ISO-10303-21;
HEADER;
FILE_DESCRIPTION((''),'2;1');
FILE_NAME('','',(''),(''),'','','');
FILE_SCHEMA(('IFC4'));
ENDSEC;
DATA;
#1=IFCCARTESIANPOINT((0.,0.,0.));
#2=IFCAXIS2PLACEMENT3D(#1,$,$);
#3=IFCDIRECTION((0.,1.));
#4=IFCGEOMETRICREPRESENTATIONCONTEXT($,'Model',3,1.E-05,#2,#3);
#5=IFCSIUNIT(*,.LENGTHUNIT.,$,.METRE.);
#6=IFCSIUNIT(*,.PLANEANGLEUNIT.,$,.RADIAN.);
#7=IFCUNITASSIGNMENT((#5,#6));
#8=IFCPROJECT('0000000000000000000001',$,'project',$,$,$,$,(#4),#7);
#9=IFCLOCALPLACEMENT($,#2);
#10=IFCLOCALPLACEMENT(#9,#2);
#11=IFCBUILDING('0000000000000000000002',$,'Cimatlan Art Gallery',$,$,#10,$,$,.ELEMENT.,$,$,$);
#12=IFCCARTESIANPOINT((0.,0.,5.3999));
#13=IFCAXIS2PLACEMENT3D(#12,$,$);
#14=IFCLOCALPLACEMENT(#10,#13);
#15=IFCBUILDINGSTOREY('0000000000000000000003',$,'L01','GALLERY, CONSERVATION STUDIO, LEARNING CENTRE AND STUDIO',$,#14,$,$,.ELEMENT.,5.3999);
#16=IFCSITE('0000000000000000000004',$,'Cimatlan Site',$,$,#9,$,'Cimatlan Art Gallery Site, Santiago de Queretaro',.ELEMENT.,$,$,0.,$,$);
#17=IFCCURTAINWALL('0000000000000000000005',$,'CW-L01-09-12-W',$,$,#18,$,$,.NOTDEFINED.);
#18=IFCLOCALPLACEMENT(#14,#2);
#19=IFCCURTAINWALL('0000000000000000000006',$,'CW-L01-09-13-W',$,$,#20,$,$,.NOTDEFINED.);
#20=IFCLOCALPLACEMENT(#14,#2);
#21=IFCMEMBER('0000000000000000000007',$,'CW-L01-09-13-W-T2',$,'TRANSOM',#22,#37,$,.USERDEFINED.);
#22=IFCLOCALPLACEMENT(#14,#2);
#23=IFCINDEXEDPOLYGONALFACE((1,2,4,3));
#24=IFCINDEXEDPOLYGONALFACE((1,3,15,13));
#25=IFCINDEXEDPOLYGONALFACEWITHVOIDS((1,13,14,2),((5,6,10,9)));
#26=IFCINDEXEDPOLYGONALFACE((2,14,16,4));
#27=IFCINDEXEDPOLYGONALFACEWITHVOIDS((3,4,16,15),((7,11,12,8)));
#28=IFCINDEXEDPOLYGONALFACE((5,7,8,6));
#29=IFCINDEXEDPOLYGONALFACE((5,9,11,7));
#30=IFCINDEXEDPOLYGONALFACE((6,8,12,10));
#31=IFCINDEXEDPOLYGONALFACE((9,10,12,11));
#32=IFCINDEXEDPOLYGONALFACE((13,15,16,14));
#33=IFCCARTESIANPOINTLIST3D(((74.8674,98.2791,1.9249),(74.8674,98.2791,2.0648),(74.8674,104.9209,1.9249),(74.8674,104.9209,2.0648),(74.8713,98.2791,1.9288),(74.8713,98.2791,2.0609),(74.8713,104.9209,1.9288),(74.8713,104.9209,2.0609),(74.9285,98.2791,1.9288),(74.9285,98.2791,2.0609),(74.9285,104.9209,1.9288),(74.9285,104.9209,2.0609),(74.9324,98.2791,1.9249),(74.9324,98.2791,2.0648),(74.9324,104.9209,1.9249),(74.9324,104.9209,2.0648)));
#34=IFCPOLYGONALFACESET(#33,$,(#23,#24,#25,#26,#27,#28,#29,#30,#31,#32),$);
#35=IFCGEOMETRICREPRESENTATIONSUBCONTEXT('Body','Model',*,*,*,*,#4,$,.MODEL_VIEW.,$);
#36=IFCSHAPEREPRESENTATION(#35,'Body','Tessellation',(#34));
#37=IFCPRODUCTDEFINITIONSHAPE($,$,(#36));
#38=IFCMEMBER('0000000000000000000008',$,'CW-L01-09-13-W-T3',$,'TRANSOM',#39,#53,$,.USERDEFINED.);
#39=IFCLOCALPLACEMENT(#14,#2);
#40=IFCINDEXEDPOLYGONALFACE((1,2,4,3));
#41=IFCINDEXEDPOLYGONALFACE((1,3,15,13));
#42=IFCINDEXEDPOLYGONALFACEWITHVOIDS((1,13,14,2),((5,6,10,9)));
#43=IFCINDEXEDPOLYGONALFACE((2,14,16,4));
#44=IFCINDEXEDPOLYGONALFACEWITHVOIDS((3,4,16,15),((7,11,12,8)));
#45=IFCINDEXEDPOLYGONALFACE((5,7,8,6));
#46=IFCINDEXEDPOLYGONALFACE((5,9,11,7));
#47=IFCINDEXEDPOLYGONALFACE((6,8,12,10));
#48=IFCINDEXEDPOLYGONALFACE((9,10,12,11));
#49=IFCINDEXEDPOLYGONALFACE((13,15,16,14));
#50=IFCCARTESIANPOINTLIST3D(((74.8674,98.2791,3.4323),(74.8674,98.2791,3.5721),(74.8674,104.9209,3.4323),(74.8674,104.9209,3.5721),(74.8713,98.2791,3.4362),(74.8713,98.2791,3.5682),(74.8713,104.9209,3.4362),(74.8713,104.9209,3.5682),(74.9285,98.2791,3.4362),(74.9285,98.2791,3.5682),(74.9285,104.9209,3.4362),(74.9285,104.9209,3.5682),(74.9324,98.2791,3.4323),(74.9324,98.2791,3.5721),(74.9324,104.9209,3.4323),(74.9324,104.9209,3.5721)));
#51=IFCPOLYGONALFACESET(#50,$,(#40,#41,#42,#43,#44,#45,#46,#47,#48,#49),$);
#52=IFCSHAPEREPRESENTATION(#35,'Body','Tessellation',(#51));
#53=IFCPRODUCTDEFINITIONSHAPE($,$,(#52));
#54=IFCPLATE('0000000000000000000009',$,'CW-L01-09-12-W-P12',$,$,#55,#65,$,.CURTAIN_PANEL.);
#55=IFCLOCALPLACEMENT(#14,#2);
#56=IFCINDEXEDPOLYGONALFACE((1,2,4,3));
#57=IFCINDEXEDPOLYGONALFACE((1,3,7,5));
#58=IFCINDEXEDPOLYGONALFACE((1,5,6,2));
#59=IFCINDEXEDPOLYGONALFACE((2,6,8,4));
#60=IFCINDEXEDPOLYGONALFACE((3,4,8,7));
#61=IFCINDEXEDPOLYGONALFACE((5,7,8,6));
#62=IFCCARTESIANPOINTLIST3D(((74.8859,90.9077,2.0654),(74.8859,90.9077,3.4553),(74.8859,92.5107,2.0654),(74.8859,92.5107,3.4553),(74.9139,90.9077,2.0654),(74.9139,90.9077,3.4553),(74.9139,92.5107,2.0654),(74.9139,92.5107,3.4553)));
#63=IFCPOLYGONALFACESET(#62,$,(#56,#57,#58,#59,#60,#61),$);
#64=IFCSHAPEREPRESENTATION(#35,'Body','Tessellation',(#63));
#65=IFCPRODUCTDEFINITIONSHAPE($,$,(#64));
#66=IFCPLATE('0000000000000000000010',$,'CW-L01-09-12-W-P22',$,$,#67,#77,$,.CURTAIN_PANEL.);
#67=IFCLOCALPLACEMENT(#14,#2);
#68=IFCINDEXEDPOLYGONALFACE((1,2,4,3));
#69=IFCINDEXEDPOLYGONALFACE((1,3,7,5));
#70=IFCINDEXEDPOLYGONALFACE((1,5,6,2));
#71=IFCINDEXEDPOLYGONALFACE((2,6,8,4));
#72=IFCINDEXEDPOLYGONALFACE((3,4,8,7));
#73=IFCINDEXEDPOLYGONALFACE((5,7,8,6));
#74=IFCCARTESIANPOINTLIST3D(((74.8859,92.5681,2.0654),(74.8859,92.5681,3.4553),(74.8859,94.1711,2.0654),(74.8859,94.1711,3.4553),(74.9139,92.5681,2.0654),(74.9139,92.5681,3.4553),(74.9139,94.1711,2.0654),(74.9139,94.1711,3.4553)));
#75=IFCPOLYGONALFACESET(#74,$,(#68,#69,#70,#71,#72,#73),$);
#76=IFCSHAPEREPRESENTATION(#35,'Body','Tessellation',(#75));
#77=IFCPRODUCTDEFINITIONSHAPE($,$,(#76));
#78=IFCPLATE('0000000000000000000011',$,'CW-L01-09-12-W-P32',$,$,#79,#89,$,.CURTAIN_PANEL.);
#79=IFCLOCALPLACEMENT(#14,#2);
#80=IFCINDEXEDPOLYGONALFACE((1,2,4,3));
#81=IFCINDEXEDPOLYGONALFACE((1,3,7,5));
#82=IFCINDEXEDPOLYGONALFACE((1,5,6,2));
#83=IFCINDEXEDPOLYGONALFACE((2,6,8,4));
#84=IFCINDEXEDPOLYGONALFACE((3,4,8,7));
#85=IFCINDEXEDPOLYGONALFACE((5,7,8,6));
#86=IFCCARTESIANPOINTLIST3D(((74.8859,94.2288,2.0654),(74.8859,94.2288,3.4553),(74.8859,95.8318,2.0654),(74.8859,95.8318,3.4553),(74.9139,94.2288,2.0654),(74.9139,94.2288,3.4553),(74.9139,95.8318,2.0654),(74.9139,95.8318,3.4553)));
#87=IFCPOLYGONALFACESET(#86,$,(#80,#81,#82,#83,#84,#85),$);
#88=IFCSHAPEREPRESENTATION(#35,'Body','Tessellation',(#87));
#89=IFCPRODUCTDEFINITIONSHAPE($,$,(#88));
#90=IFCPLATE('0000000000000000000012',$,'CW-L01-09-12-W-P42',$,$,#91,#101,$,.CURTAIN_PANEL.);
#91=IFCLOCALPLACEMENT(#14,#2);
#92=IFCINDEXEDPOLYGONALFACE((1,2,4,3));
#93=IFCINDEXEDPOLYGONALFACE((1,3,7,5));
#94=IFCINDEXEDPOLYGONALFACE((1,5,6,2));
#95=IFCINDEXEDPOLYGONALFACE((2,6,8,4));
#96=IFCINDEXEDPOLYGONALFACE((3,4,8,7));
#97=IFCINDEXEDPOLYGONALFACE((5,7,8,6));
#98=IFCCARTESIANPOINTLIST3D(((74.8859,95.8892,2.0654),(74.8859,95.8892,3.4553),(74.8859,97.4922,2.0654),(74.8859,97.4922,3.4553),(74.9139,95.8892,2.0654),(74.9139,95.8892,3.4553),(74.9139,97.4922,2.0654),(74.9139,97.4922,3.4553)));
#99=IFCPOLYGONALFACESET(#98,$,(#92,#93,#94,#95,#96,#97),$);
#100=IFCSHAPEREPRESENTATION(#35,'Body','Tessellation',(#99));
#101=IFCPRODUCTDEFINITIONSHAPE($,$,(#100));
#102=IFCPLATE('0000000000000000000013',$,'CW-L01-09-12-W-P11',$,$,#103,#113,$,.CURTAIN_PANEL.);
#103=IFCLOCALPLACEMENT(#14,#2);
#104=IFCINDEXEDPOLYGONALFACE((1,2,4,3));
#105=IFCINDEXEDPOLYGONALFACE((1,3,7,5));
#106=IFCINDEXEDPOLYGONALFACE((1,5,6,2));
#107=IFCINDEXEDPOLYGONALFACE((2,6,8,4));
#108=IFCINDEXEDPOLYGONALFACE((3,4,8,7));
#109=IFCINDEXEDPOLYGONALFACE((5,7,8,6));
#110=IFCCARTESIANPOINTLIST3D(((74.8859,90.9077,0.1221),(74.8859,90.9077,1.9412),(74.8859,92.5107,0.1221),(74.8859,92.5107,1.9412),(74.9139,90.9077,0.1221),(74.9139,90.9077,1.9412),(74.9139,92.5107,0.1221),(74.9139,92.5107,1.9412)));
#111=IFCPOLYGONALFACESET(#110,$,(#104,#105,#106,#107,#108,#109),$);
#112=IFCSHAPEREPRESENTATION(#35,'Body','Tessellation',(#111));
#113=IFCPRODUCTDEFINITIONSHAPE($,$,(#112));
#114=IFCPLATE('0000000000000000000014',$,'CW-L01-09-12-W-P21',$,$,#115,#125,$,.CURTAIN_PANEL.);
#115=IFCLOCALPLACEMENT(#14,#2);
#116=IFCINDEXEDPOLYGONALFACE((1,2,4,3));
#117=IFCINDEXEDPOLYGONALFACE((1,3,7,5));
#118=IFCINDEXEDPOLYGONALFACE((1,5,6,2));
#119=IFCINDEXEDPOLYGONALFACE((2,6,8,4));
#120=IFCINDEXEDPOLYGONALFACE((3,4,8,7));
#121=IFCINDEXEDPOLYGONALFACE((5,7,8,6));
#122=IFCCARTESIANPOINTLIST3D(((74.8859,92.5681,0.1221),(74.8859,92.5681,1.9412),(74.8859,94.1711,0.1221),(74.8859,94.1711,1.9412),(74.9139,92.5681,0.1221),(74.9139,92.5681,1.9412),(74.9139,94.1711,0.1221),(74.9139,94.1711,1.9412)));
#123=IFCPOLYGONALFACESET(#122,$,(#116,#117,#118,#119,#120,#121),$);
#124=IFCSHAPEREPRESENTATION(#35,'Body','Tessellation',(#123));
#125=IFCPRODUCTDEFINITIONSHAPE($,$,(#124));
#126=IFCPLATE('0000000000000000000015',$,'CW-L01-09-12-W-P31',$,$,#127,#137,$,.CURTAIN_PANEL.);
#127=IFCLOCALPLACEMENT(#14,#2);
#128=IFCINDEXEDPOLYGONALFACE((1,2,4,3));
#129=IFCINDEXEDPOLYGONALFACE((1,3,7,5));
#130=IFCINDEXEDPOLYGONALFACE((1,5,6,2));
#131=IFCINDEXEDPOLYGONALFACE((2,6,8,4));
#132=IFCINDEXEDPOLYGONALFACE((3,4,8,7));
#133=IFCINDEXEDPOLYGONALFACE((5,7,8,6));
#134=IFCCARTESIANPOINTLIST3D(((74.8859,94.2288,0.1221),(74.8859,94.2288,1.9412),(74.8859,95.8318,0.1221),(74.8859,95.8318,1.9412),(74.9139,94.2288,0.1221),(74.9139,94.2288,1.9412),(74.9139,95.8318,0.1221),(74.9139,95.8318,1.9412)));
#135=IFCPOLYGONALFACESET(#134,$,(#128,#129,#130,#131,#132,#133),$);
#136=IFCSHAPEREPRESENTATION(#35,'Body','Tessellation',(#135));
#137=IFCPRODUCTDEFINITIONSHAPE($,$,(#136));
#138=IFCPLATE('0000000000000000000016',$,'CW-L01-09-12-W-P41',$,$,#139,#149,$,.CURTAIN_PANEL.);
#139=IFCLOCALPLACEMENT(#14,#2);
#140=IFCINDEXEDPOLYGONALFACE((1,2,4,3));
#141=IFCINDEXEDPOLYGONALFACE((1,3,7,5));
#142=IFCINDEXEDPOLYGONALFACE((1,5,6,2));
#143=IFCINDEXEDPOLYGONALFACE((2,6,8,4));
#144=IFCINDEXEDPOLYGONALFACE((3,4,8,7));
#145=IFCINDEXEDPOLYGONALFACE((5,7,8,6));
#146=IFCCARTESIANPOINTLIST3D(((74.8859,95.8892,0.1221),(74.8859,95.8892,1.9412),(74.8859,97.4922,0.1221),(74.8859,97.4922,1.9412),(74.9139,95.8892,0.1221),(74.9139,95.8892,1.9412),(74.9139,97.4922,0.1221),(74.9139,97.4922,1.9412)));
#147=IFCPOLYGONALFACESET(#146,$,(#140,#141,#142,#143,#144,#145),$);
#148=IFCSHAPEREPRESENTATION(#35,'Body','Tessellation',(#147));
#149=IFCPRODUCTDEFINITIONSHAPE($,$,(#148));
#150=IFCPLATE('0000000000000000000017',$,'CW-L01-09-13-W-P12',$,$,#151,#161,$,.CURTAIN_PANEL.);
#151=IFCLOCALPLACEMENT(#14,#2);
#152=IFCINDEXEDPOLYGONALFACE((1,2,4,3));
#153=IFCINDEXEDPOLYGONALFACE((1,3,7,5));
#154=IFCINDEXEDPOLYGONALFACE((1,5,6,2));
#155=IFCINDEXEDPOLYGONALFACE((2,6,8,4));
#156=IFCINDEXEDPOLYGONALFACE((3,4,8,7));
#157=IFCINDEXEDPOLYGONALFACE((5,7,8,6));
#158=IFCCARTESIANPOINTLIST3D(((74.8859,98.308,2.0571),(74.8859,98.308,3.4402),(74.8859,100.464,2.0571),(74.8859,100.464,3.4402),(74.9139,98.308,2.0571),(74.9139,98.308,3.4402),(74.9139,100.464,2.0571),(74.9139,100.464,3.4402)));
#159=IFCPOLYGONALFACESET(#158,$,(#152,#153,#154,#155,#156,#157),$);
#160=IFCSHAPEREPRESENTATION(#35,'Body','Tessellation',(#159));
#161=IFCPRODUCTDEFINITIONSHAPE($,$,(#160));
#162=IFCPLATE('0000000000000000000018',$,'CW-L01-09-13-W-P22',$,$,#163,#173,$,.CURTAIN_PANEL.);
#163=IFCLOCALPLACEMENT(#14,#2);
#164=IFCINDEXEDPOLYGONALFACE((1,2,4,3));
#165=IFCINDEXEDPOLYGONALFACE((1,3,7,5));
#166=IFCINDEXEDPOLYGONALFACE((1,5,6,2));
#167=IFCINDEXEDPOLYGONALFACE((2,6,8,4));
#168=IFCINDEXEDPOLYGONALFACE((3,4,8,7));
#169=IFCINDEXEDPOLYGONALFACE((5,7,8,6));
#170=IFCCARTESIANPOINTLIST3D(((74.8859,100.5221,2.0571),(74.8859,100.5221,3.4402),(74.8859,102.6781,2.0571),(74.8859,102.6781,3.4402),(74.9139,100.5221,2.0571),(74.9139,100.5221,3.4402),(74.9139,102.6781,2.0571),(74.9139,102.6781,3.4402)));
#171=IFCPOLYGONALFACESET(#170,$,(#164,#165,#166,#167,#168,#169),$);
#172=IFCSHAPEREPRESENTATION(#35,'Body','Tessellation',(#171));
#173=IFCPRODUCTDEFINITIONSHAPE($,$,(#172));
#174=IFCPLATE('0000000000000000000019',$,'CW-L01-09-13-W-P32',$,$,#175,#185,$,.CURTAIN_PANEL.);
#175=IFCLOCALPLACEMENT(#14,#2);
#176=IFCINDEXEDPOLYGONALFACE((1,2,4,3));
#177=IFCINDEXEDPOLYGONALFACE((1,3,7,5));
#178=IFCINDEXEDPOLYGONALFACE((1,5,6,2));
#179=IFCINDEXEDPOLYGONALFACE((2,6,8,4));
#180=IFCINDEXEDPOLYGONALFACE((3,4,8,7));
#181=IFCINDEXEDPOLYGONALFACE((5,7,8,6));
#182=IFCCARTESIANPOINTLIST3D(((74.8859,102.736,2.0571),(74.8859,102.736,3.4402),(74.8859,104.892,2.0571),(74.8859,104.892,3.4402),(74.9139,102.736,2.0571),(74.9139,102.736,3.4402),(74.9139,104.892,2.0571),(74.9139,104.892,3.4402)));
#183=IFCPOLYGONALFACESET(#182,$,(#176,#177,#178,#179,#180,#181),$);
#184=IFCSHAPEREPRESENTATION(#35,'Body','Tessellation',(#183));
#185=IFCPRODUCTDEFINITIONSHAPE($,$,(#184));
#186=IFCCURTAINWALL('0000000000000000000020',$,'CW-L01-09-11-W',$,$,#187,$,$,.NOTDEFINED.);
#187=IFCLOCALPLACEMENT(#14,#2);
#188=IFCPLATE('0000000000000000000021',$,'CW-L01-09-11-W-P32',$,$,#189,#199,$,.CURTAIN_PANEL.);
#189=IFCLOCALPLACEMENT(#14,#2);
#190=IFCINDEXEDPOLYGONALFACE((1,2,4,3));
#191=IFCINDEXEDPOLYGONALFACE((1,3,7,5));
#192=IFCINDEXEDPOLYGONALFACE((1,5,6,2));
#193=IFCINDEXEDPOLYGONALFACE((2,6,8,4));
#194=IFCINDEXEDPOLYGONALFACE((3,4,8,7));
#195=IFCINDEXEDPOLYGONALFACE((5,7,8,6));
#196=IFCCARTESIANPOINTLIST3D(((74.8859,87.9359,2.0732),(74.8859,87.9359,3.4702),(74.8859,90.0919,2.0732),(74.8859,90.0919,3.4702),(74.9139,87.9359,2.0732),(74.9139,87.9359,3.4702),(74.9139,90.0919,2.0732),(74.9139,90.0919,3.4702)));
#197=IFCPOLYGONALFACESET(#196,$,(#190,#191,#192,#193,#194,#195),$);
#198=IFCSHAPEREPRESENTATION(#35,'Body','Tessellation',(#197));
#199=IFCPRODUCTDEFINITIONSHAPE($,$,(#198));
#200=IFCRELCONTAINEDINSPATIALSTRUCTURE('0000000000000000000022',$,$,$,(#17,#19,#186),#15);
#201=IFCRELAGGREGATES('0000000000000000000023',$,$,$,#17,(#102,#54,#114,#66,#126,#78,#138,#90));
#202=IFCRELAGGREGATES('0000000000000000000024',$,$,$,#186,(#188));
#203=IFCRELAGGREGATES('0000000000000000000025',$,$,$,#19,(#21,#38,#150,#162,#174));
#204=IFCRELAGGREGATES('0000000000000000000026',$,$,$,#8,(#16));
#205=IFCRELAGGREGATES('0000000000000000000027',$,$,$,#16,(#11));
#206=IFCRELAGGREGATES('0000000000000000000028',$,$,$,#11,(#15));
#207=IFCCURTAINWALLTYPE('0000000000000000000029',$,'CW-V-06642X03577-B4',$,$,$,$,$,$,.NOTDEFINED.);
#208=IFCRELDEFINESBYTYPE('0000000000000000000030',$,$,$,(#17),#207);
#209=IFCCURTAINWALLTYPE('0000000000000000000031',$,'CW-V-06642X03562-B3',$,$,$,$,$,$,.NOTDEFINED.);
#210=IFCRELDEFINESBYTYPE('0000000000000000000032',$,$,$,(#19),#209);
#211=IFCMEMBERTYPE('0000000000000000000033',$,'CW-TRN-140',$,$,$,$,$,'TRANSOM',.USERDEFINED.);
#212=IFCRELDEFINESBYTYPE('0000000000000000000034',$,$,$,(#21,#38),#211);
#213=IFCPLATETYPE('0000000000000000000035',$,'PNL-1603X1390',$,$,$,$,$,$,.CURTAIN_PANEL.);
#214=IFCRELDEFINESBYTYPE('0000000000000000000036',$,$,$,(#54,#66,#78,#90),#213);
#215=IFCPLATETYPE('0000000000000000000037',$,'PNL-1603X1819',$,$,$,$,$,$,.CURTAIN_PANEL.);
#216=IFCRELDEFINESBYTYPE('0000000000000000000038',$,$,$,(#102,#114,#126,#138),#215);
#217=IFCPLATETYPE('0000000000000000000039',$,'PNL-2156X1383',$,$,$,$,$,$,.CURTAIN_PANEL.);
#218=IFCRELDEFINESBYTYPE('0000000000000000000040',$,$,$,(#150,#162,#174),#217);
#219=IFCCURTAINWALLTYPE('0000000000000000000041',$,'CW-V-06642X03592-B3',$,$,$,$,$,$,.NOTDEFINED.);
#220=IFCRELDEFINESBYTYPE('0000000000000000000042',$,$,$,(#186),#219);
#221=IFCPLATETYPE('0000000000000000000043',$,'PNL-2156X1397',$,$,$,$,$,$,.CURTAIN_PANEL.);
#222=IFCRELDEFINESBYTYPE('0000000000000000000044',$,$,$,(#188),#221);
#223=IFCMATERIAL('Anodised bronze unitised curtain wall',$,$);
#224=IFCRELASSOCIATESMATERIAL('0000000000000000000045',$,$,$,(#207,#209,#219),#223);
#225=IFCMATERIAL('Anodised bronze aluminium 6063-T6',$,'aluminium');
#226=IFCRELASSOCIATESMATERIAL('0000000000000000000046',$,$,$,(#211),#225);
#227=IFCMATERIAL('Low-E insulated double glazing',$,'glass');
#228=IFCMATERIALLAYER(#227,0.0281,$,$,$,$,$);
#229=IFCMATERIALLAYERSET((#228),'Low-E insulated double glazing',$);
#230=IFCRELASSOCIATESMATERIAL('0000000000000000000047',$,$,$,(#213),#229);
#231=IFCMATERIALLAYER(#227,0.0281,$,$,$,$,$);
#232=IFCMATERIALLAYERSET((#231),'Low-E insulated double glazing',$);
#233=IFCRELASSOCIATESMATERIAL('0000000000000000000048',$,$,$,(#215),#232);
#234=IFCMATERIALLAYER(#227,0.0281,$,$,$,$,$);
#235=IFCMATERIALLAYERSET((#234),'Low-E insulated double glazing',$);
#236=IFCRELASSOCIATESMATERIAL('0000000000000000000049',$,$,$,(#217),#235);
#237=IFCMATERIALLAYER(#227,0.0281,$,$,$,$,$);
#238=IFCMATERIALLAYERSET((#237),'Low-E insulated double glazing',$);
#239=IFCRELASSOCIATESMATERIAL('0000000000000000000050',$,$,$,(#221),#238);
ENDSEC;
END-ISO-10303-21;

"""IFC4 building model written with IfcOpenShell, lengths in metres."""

from ifc_helpers import new_model, si_unit, direction, frame, origin, origin_2d, place, context, subcontext, project, spatial, rectangle, hollow_rectangle, extrude, material, layer, layer_set, material_profile, profile_set, type_object, element, aggregate, save


model = new_model("IFC4")

# Units and contexts
model_context = context("Model", 3, precision=1e-05, world=origin(), true_north=direction((0.0, 1.0)))
body_context = subcontext(model_context, "Body", "Model", "MODEL_VIEW")
ifc_project = project(units=[si_unit("LENGTHUNIT", "METRE"), si_unit("PLANEANGLEUNIT", "RADIAN")], contexts=[model_context])

# Site, building, storey
site_placement = place(None, origin())
site = spatial("IfcSite", under=ifc_project, at=site_placement, Name="Cimatlan Site", LongName="Cimatlan Art Gallery Site, Santiago de Queretaro", CompositionType="ELEMENT", RefElevation=0.0)
building_placement = place(site_placement, origin())
building = spatial("IfcBuilding", under=site, at=building_placement, Name="Cimatlan Art Gallery", CompositionType="ELEMENT")
storey_placement = place(building_placement, frame((0.0, 0.0, 5.3999)))
storey = spatial("IfcBuildingStorey", under=building, at=storey_placement, Name="L01", Description="GALLERY, CONSERVATION STUDIO, LEARNING CENTRE AND STUDIO", CompositionType="ELEMENT", Elevation=5.3999)

# Curtain walls
ifc_material_1 = material(Name="Anodised bronze unitised curtain wall")
curtain_wall_type_1 = type_object("IfcCurtainWallType", Name="CW-V-06642X03577-B4", PredefinedType="NOTDEFINED", material=ifc_material_1)
curtain_wall_1_placement = place(storey_placement, origin())
curtain_wall_1 = element("IfcCurtainWall", 1, at=curtain_wall_1_placement, inside=storey, type_object=curtain_wall_type_1, Name="CW-L01-09-12-W", PredefinedType="NOTDEFINED")
ifc_material_2 = material(Name="Anodised bronze aluminium 6063-T6", Category="aluminium")
curtain_wall_type_2 = type_object("IfcCurtainWallType", Name="CW-V-06642X03562-B3", PredefinedType="NOTDEFINED", material=ifc_material_1)
curtain_wall_2_placement = place(storey_placement, origin())
curtain_wall_2 = element("IfcCurtainWall", 2, at=curtain_wall_2_placement, inside=storey, type_object=curtain_wall_type_2, Name="CW-L01-09-13-W", PredefinedType="NOTDEFINED")

# Members
ifc_material_profile_1 = material_profile(ifc_material_2, hollow_rectangle(XDim=0.0649, YDim=0.1399, WallThickness=0.0039, at=origin_2d()), Name="ALU65X140X4")
ifc_profile_set_1 = profile_set([ifc_material_profile_1], Name="Anodised bronze aluminium 6063-T6")
member_type_1 = type_object("IfcMemberType", Name="CW-TRN-140", ElementType="TRANSOM", PredefinedType="USERDEFINED", material=ifc_profile_set_1)
member_1_placement = place(storey_placement, frame((74.8999, 98.2791, 1.9949), z_axis=(0.0, 1.0, 0.0), x_axis=(-1.0, 0.0, 0.0)))
member_1 = element("IfcMember", 3, at=member_1_placement, type_object=member_type_1, Name="CW-L01-09-13-W-T2", ObjectType="TRANSOM", PredefinedType="USERDEFINED", context=body_context, shape_type="SweptSolid", body=[
    extrude(hollow_rectangle(XDim=0.0649, YDim=0.1399, WallThickness=0.0039, at=origin_2d()), origin(), (0.0, 0.0, 1.0), 6.6418),
])
member_2_placement = place(storey_placement, frame((74.8999, 98.2791, 3.5022), z_axis=(0.0, 1.0, 0.0), x_axis=(-1.0, 0.0, 0.0)))
member_2 = element("IfcMember", 4, at=member_2_placement, type_object=member_type_1, Name="CW-L01-09-13-W-T3", ObjectType="TRANSOM", PredefinedType="USERDEFINED", context=body_context, shape_type="SweptSolid", body=[
    extrude(hollow_rectangle(XDim=0.0649, YDim=0.1399, WallThickness=0.0039, at=origin_2d()), origin(), (0.0, 0.0, 1.0), 6.6418),
])

# Plates
ifc_material_3 = material(Name="Low-E insulated double glazing", Category="glass")
ifc_layer_1 = layer(ifc_material_3, 0.0281)
ifc_layer_set_1 = layer_set([ifc_layer_1], Name="Low-E insulated double glazing")
plate_type_1 = type_object("IfcPlateType", Name="PNL-1603X1390", PredefinedType="CURTAIN_PANEL", material=ifc_layer_set_1)
plate_1_placement = place(storey_placement, frame((74.8999, 91.7092, 2.0654), z_axis=(0.0, 0.0, 1.0), x_axis=(0.0, 1.0, 0.0)))
plate_1 = element("IfcPlate", 5, at=plate_1_placement, type_object=plate_type_1, Name="CW-L01-09-12-W-P12", PredefinedType="CURTAIN_PANEL", context=body_context, shape_type="SweptSolid", body=[
    extrude(rectangle(XDim=1.603, YDim=0.0281, at=origin_2d()), origin(), (0.0, 0.0, 1.0), 1.3899),
])
plate_2_placement = place(storey_placement, frame((74.8999, 93.3696, 2.0654), z_axis=(0.0, 0.0, 1.0), x_axis=(0.0, 1.0, 0.0)))
plate_2 = element("IfcPlate", 6, at=plate_2_placement, type_object=plate_type_1, Name="CW-L01-09-12-W-P22", PredefinedType="CURTAIN_PANEL", context=body_context, shape_type="SweptSolid", body=[
    extrude(rectangle(XDim=1.603, YDim=0.0281, at=origin_2d()), origin(), (0.0, 0.0, 1.0), 1.3899),
])
plate_3_placement = place(storey_placement, frame((74.8999, 95.0303, 2.0654), z_axis=(0.0, 0.0, 1.0), x_axis=(0.0, 1.0, 0.0)))
plate_3 = element("IfcPlate", 7, at=plate_3_placement, type_object=plate_type_1, Name="CW-L01-09-12-W-P32", PredefinedType="CURTAIN_PANEL", context=body_context, shape_type="SweptSolid", body=[
    extrude(rectangle(XDim=1.603, YDim=0.0281, at=origin_2d()), origin(), (0.0, 0.0, 1.0), 1.3899),
])
plate_4_placement = place(storey_placement, frame((74.8999, 96.6907, 2.0654), z_axis=(0.0, 0.0, 1.0), x_axis=(0.0, 1.0, 0.0)))
plate_4 = element("IfcPlate", 8, at=plate_4_placement, type_object=plate_type_1, Name="CW-L01-09-12-W-P42", PredefinedType="CURTAIN_PANEL", context=body_context, shape_type="SweptSolid", body=[
    extrude(rectangle(XDim=1.603, YDim=0.0281, at=origin_2d()), origin(), (0.0, 0.0, 1.0), 1.3899),
])
ifc_layer_2 = layer(ifc_material_3, 0.0281)
ifc_layer_set_2 = layer_set([ifc_layer_2], Name="Low-E insulated double glazing")
plate_type_2 = type_object("IfcPlateType", Name="PNL-1603X1819", PredefinedType="CURTAIN_PANEL", material=ifc_layer_set_2)
plate_5_placement = place(storey_placement, frame((74.8999, 91.7092, 0.1221), z_axis=(0.0, 0.0, 1.0), x_axis=(0.0, 1.0, 0.0)))
plate_5 = element("IfcPlate", 9, at=plate_5_placement, type_object=plate_type_2, Name="CW-L01-09-12-W-P11", PredefinedType="CURTAIN_PANEL", context=body_context, shape_type="SweptSolid", body=[
    extrude(rectangle(XDim=1.603, YDim=0.0281, at=origin_2d()), origin(), (0.0, 0.0, 1.0), 1.8191),
])
plate_6_placement = place(storey_placement, frame((74.8999, 93.3696, 0.1221), z_axis=(0.0, 0.0, 1.0), x_axis=(0.0, 1.0, 0.0)))
plate_6 = element("IfcPlate", 10, at=plate_6_placement, type_object=plate_type_2, Name="CW-L01-09-12-W-P21", PredefinedType="CURTAIN_PANEL", context=body_context, shape_type="SweptSolid", body=[
    extrude(rectangle(XDim=1.603, YDim=0.0281, at=origin_2d()), origin(), (0.0, 0.0, 1.0), 1.8191),
])
plate_7_placement = place(storey_placement, frame((74.8999, 95.0303, 0.1221), z_axis=(0.0, 0.0, 1.0), x_axis=(0.0, 1.0, 0.0)))
plate_7 = element("IfcPlate", 11, at=plate_7_placement, type_object=plate_type_2, Name="CW-L01-09-12-W-P31", PredefinedType="CURTAIN_PANEL", context=body_context, shape_type="SweptSolid", body=[
    extrude(rectangle(XDim=1.603, YDim=0.0281, at=origin_2d()), origin(), (0.0, 0.0, 1.0), 1.8191),
])
plate_8_placement = place(storey_placement, frame((74.8999, 96.6907, 0.1221), z_axis=(0.0, 0.0, 1.0), x_axis=(0.0, 1.0, 0.0)))
plate_8 = element("IfcPlate", 12, at=plate_8_placement, type_object=plate_type_2, Name="CW-L01-09-12-W-P41", PredefinedType="CURTAIN_PANEL", context=body_context, shape_type="SweptSolid", body=[
    extrude(rectangle(XDim=1.603, YDim=0.0281, at=origin_2d()), origin(), (0.0, 0.0, 1.0), 1.8191),
])
aggregate(curtain_wall_1, [plate_5, plate_1, plate_6, plate_2, plate_7, plate_3, plate_8, plate_4])
ifc_layer_3 = layer(ifc_material_3, 0.0281)
ifc_layer_set_3 = layer_set([ifc_layer_3], Name="Low-E insulated double glazing")
plate_type_3 = type_object("IfcPlateType", Name="PNL-2156X1383", PredefinedType="CURTAIN_PANEL", material=ifc_layer_set_3)
plate_9_placement = place(storey_placement, frame((74.8999, 99.386, 2.0571), z_axis=(0.0, 0.0, 1.0), x_axis=(0.0, 1.0, 0.0)))
plate_9 = element("IfcPlate", 13, at=plate_9_placement, type_object=plate_type_3, Name="CW-L01-09-13-W-P12", PredefinedType="CURTAIN_PANEL", context=body_context, shape_type="SweptSolid", body=[
    extrude(rectangle(XDim=2.156, YDim=0.0281, at=origin_2d()), origin(), (0.0, 0.0, 1.0), 1.3831),
])
plate_10_placement = place(storey_placement, frame((74.8999, 101.6001, 2.0571), z_axis=(0.0, 0.0, 1.0), x_axis=(0.0, 1.0, 0.0)))
plate_10 = element("IfcPlate", 14, at=plate_10_placement, type_object=plate_type_3, Name="CW-L01-09-13-W-P22", PredefinedType="CURTAIN_PANEL", context=body_context, shape_type="SweptSolid", body=[
    extrude(rectangle(XDim=2.156, YDim=0.0281, at=origin_2d()), origin(), (0.0, 0.0, 1.0), 1.3831),
])
plate_11_placement = place(storey_placement, frame((74.8999, 103.814, 2.0571), z_axis=(0.0, 0.0, 1.0), x_axis=(0.0, 1.0, 0.0)))
plate_11 = element("IfcPlate", 15, at=plate_11_placement, type_object=plate_type_3, Name="CW-L01-09-13-W-P32", PredefinedType="CURTAIN_PANEL", context=body_context, shape_type="SweptSolid", body=[
    extrude(rectangle(XDim=2.156, YDim=0.0281, at=origin_2d()), origin(), (0.0, 0.0, 1.0), 1.3831),
])

# Curtain wall, plate
curtain_wall_type_3 = type_object("IfcCurtainWallType", Name="CW-V-06642X03592-B3", PredefinedType="NOTDEFINED", material=ifc_material_1)
curtain_wall_3_placement = place(storey_placement, origin())
curtain_wall_3 = element("IfcCurtainWall", 16, at=curtain_wall_3_placement, inside=storey, type_object=curtain_wall_type_3, Name="CW-L01-09-11-W", PredefinedType="NOTDEFINED")
ifc_layer_4 = layer(ifc_material_3, 0.0281)
ifc_layer_set_4 = layer_set([ifc_layer_4], Name="Low-E insulated double glazing")
plate_type_4 = type_object("IfcPlateType", Name="PNL-2156X1397", PredefinedType="CURTAIN_PANEL", material=ifc_layer_set_4)
plate_12_placement = place(storey_placement, frame((74.8999, 89.0139, 2.0732), z_axis=(0.0, 0.0, 1.0), x_axis=(0.0, 1.0, 0.0)))
plate_12 = element("IfcPlate", 17, at=plate_12_placement, type_object=plate_type_4, Name="CW-L01-09-11-W-P32", PredefinedType="CURTAIN_PANEL", context=body_context, shape_type="SweptSolid", body=[
    extrude(rectangle(XDim=2.156, YDim=0.0281, at=origin_2d()), origin(), (0.0, 0.0, 1.0), 1.397),
])
aggregate(curtain_wall_3, [plate_12])

aggregate(curtain_wall_2, [member_1, member_2, plate_9, plate_10, plate_11])

save(model, "model.ifc")
